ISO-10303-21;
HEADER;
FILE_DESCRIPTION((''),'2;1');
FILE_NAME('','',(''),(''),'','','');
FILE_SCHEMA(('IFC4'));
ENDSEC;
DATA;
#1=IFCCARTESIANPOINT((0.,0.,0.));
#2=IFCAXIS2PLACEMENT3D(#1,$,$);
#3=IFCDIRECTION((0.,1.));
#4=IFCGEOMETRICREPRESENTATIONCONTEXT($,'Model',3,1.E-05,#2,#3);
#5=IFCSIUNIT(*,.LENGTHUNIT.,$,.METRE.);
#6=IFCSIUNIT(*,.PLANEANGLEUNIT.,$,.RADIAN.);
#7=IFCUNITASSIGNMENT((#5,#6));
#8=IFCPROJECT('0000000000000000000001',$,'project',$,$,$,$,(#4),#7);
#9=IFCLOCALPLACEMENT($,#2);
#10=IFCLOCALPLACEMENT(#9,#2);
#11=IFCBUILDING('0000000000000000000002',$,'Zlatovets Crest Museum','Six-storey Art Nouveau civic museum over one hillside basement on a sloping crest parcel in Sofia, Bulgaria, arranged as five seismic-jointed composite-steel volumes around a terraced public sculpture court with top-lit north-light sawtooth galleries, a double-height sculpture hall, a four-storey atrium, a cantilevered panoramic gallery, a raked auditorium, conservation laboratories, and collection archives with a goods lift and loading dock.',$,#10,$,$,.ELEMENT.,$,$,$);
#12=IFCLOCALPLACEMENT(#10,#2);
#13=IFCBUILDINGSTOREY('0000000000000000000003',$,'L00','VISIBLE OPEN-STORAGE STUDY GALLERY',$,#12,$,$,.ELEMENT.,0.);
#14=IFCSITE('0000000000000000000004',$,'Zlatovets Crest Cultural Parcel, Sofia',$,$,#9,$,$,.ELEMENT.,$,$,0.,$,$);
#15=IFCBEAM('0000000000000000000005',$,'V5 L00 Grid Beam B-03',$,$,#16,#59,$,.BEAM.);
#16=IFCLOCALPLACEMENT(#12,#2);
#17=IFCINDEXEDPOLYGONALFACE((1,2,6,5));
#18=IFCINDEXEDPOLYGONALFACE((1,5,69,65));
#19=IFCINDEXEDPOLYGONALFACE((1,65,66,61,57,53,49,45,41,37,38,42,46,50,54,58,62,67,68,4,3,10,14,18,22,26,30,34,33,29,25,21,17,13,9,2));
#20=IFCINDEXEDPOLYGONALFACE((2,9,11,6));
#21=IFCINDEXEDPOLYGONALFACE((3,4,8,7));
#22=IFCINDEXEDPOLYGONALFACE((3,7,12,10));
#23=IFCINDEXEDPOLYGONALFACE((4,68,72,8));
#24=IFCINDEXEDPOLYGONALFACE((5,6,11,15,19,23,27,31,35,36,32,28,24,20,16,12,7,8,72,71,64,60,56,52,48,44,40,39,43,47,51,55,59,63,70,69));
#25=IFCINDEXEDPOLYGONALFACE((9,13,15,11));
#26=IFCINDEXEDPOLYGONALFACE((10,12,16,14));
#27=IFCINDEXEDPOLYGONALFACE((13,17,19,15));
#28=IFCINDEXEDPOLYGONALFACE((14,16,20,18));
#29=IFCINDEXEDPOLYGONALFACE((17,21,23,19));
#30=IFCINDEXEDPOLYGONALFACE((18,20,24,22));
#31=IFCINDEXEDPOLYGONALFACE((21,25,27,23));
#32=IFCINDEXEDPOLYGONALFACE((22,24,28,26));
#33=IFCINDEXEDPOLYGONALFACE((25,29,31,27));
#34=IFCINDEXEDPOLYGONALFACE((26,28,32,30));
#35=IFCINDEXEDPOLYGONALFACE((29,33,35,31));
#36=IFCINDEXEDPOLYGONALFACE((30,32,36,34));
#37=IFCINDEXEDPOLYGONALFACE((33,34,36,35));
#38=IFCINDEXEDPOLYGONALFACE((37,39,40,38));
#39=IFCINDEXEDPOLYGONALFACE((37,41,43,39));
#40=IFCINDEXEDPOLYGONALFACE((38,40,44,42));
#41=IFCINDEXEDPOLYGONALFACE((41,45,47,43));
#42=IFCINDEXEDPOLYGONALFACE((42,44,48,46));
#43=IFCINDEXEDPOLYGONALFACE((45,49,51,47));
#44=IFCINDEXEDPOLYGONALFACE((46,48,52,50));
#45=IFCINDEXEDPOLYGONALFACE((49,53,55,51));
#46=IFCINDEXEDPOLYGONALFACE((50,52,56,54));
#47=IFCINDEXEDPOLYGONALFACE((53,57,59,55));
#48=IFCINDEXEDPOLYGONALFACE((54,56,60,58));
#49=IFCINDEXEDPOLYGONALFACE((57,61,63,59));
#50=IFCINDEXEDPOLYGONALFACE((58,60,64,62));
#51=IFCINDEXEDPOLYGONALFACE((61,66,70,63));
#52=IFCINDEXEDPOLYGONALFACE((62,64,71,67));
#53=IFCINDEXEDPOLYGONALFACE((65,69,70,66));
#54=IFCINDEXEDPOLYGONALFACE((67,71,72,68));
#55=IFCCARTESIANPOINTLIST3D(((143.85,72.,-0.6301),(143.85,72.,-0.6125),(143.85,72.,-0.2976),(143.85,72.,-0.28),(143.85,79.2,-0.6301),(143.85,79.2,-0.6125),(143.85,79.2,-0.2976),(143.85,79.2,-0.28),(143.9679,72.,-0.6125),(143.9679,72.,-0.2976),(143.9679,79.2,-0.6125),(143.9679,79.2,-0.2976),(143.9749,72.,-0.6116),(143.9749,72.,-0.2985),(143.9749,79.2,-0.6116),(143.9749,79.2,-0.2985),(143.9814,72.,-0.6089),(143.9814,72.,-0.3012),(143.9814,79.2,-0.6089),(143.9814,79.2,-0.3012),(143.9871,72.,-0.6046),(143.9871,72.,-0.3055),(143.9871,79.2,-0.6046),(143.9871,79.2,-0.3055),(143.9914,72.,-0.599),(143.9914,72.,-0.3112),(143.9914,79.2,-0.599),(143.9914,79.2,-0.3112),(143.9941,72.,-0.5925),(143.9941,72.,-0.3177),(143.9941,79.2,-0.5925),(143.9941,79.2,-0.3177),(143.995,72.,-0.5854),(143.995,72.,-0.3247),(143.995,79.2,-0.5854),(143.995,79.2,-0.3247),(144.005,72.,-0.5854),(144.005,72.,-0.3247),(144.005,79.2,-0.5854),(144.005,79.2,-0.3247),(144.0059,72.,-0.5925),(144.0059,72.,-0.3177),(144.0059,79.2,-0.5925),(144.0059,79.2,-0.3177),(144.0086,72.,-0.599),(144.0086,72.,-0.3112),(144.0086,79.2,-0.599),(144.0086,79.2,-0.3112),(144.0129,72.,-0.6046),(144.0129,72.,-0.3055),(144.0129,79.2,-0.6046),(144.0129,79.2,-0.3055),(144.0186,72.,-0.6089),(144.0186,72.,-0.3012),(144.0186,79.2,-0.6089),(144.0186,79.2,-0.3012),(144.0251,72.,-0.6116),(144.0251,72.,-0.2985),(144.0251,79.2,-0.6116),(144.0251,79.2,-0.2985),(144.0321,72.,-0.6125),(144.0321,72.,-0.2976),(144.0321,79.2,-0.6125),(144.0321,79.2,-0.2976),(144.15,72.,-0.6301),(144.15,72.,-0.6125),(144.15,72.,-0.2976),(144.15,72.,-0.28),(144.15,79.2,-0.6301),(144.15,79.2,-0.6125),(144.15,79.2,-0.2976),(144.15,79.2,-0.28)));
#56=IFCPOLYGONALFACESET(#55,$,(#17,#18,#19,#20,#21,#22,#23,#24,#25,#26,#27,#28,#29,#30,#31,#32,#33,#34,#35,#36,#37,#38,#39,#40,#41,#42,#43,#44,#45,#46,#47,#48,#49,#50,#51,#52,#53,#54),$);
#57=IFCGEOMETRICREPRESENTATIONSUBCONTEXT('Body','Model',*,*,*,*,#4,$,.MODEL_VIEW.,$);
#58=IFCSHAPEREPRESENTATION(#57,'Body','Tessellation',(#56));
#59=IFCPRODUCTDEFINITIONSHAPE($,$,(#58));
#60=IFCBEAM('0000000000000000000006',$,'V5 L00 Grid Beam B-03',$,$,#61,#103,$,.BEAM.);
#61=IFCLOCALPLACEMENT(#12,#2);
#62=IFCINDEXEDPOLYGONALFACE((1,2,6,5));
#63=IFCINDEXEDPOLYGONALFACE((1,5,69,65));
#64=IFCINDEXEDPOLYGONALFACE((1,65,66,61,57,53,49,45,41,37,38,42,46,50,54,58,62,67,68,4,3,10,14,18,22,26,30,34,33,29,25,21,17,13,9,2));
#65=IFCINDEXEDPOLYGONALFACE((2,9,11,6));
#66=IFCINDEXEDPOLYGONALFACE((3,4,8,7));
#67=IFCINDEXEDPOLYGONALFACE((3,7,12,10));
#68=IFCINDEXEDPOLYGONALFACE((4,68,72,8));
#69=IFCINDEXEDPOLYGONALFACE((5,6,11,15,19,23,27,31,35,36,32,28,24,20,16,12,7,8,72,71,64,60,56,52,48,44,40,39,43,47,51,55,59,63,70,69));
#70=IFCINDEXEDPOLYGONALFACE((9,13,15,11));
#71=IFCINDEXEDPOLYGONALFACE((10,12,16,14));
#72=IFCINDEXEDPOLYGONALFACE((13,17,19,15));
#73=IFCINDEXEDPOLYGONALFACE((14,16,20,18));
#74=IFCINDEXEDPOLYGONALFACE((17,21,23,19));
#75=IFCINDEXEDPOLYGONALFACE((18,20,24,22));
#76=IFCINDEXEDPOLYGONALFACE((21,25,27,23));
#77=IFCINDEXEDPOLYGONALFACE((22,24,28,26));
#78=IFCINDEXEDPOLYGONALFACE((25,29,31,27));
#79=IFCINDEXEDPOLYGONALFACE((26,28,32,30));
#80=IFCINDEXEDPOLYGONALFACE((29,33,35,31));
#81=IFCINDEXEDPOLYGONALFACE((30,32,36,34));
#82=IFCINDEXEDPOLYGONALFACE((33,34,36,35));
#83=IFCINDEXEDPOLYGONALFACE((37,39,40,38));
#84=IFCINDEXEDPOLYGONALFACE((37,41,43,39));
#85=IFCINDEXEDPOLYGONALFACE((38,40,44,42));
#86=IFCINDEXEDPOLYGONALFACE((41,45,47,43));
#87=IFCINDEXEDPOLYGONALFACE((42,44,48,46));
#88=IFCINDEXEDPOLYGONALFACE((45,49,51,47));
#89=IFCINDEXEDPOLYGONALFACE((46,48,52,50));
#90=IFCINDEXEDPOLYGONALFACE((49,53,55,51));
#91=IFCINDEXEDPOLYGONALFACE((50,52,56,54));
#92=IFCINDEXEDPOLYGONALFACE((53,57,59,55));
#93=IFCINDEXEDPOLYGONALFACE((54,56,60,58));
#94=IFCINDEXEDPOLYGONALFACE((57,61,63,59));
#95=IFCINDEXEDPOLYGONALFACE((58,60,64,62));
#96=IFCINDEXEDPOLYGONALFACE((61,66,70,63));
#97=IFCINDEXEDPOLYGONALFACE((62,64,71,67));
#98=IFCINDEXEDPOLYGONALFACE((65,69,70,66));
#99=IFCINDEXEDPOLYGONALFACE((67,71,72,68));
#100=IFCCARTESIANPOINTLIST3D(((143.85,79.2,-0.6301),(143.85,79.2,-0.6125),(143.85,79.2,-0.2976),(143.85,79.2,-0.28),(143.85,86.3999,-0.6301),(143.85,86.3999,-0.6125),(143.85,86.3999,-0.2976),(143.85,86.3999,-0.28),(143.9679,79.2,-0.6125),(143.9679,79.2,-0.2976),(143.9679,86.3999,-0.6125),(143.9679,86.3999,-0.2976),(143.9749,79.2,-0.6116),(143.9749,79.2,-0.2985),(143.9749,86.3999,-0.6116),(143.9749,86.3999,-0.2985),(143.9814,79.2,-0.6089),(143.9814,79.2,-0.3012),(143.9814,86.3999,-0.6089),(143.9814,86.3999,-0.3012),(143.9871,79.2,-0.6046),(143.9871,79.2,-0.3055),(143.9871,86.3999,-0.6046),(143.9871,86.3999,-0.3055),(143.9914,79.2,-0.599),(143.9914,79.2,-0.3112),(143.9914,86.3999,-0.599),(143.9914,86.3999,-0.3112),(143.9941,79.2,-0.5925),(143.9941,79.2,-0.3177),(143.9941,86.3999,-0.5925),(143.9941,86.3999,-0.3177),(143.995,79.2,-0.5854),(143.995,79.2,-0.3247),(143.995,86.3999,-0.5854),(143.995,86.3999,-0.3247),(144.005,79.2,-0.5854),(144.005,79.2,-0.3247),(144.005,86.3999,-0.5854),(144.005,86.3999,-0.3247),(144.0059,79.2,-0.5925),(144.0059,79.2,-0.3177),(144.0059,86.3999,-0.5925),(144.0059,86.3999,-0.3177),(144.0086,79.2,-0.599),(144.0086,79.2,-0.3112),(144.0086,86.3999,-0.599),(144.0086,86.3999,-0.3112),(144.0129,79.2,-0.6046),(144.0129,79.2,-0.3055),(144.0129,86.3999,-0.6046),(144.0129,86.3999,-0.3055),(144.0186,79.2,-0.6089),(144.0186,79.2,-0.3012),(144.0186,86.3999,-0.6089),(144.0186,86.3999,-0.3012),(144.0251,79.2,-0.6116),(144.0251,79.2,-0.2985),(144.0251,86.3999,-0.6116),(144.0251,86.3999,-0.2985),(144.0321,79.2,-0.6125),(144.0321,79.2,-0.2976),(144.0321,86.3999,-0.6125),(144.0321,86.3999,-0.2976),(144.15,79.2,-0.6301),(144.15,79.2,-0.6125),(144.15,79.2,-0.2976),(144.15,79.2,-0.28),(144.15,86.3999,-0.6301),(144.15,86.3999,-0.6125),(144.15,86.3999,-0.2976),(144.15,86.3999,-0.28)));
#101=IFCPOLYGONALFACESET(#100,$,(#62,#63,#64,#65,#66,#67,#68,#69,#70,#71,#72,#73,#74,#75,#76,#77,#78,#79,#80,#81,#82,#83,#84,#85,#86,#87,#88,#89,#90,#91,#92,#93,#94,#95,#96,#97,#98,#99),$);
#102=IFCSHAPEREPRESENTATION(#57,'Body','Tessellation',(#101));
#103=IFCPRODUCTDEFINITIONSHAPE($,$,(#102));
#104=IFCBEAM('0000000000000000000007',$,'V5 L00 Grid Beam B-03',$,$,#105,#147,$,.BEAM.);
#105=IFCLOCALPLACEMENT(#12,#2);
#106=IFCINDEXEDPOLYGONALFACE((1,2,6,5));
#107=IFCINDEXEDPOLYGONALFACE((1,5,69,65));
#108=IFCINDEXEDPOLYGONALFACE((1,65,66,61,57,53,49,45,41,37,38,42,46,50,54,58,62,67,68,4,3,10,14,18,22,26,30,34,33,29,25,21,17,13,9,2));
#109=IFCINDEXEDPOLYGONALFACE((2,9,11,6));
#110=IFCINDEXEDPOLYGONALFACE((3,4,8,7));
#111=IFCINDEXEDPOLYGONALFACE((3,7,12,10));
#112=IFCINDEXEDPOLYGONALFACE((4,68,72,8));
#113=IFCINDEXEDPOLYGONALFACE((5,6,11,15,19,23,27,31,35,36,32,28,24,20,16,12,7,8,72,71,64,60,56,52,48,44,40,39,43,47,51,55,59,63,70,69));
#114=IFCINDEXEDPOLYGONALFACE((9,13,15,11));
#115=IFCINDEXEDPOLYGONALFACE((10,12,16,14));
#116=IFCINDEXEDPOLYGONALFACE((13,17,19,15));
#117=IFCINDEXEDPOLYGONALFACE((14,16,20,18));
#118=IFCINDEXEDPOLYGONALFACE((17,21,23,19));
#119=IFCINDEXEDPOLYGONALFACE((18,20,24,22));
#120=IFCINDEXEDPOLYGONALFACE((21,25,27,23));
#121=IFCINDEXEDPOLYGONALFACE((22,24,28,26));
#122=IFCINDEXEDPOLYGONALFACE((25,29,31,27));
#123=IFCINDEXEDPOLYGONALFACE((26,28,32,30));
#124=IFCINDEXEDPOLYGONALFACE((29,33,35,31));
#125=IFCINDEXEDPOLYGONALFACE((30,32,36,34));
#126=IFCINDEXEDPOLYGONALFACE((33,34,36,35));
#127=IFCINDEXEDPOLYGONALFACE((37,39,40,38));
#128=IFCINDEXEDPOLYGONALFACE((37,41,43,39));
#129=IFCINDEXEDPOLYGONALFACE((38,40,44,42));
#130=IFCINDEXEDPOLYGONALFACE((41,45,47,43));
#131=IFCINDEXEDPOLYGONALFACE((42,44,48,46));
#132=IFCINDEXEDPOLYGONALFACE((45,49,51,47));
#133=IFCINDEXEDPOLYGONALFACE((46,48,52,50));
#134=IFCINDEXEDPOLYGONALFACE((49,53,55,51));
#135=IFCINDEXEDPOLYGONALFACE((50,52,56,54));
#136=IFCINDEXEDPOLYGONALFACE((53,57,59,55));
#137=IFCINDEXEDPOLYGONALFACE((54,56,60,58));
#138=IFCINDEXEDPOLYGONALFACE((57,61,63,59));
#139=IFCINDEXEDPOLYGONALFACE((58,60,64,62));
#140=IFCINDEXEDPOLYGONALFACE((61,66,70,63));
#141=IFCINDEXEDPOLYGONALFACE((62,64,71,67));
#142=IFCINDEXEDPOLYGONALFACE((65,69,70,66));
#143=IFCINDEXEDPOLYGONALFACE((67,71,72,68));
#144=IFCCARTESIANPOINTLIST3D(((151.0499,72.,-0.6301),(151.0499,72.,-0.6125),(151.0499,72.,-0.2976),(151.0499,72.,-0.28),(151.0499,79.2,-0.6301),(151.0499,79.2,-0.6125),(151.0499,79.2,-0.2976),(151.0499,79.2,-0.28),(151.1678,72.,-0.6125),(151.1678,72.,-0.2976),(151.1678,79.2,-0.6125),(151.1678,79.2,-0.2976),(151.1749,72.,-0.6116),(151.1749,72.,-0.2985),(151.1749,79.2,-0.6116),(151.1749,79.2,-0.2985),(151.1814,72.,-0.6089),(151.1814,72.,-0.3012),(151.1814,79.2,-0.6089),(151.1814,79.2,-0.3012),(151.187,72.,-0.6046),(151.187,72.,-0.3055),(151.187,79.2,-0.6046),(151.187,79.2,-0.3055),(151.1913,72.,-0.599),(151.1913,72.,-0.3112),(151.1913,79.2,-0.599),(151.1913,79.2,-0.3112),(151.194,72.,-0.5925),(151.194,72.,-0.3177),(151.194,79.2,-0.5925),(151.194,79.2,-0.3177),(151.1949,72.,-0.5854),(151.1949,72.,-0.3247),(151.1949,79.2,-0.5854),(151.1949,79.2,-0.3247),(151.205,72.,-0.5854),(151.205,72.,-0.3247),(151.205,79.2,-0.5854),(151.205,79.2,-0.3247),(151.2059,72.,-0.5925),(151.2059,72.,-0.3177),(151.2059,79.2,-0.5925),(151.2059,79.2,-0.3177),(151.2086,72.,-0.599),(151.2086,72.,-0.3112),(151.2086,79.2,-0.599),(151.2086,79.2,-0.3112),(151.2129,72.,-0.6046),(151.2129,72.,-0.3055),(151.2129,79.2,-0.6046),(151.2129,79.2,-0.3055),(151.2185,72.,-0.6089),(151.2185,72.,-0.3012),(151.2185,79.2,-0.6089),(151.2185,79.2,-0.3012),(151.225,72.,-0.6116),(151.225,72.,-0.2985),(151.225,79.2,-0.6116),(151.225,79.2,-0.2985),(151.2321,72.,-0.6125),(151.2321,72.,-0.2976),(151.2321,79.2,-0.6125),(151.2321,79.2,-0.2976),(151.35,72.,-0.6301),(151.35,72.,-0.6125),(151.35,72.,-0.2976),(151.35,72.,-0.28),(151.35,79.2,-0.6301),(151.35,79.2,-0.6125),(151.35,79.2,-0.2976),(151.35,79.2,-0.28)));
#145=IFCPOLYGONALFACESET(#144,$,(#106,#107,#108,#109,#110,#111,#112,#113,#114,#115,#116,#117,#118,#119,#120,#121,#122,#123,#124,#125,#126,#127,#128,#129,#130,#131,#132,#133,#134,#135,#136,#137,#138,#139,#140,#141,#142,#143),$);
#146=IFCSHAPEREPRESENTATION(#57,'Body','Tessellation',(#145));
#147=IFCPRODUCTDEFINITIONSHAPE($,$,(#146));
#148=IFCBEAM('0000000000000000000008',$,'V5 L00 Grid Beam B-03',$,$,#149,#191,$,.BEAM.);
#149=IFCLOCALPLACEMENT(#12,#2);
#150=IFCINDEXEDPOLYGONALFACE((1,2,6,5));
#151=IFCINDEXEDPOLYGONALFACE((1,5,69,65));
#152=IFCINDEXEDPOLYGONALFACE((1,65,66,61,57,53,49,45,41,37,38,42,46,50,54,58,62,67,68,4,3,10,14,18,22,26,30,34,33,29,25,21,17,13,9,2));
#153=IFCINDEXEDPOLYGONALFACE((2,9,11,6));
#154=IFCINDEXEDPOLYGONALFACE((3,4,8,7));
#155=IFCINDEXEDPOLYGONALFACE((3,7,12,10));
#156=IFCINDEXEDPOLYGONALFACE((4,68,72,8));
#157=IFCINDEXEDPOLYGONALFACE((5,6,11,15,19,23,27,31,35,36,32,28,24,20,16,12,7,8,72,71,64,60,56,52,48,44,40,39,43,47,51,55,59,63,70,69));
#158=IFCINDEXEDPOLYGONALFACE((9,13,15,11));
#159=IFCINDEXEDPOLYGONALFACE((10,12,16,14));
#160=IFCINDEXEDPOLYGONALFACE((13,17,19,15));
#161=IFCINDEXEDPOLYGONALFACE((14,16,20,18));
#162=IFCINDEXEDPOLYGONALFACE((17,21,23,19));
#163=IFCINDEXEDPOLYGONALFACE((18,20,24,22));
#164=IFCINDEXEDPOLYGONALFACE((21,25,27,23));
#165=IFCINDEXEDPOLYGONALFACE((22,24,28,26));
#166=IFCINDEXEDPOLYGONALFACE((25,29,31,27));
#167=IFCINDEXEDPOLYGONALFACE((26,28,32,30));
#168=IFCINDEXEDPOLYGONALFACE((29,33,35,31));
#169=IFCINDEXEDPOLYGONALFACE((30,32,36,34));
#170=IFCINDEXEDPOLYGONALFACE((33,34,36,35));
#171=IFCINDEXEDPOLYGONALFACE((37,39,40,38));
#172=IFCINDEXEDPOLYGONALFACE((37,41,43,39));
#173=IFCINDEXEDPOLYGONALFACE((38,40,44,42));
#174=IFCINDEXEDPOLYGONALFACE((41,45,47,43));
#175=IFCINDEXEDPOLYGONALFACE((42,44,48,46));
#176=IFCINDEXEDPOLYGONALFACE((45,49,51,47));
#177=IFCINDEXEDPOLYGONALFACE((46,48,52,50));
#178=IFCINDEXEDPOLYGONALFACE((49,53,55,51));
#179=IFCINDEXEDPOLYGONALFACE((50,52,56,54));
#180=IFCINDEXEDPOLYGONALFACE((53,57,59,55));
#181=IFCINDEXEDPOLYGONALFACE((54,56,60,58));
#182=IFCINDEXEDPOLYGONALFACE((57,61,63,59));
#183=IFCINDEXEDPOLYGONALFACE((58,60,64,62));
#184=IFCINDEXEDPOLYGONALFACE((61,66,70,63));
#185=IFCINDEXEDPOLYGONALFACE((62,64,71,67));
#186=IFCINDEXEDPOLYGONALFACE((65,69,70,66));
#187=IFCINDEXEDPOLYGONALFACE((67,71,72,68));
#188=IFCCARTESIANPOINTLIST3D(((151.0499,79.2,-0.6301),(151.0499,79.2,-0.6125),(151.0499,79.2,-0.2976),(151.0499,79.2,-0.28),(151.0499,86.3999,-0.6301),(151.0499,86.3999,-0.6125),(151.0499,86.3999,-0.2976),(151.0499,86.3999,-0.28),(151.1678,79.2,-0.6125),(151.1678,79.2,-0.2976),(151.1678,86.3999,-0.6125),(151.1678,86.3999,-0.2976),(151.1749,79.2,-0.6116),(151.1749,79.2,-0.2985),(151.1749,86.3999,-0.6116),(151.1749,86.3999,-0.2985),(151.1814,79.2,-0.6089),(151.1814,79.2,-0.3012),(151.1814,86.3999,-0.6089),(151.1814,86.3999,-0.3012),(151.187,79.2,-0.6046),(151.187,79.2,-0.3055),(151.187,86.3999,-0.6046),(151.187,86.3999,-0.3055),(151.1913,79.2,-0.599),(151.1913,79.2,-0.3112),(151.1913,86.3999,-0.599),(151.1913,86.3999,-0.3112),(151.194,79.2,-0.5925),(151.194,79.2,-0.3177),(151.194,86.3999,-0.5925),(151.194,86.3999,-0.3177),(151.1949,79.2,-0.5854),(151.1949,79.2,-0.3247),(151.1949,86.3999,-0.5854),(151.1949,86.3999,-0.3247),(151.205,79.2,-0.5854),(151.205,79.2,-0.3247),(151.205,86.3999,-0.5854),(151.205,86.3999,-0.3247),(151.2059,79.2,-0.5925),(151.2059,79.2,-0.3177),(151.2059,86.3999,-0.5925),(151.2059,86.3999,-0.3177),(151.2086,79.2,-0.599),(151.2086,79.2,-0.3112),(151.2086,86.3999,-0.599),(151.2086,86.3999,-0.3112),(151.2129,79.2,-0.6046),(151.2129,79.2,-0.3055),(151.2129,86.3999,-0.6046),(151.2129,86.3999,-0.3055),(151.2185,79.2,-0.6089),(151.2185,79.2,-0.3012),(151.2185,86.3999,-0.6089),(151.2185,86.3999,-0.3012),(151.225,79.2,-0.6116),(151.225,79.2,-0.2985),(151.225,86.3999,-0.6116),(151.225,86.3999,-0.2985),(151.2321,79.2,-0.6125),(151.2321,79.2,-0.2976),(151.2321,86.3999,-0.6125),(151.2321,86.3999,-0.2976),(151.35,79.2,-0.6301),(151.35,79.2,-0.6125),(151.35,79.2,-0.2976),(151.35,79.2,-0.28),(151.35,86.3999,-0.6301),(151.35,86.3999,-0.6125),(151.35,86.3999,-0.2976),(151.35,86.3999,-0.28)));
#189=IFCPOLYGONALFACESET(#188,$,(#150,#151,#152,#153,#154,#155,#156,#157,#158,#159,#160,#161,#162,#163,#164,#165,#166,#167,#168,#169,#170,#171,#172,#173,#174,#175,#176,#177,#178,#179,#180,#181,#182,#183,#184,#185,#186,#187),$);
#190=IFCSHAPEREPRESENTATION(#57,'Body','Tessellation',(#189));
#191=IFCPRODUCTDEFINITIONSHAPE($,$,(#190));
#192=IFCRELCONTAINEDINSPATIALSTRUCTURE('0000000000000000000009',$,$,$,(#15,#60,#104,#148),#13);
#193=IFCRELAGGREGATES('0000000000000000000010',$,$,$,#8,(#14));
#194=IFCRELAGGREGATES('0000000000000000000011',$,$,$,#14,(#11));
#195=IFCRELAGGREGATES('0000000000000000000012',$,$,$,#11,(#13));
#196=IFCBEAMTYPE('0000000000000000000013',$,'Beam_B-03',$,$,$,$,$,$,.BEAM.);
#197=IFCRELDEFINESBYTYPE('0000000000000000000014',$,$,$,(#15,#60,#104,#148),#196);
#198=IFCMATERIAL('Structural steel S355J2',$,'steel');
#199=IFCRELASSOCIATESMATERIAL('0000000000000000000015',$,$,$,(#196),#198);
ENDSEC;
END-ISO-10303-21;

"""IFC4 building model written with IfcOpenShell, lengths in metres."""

from ifc_helpers import new_model, si_unit, direction, frame, origin, origin_2d, place, context, subcontext, project, spatial, i_section, extrude, material, material_profile, profile_set, type_object, element, save


model = new_model("IFC4")

# Units and contexts
model_context = context("Model", 3, precision=1e-05, world=origin(), true_north=direction((0.0, 1.0)))
body_context = subcontext(model_context, "Body", "Model", "MODEL_VIEW")
ifc_project = project(units=[si_unit("LENGTHUNIT", "METRE"), si_unit("PLANEANGLEUNIT", "RADIAN")], contexts=[model_context])

# Site, building, storey
site_placement = place(None, origin())
site = spatial("IfcSite", under=ifc_project, at=site_placement, Name="Zlatovets Crest Cultural Parcel, Sofia", CompositionType="ELEMENT", RefElevation=0.0)
building_placement = place(site_placement, origin())
building = spatial("IfcBuilding", under=site, at=building_placement, Name="Zlatovets Crest Museum", Description="Six-storey Art Nouveau civic museum over one hillside basement on a sloping crest parcel in Sofia, Bulgaria, arranged as five seismic-jointed composite-steel volumes around a terraced public sculpture court with top-lit north-light sawtooth galleries, a double-height sculpture hall, a four-storey atrium, a cantilevered panoramic gallery, a raked auditorium, conservation laboratories, and collection archives with a goods lift and loading dock.", CompositionType="ELEMENT")
storey_placement = place(building_placement, origin())
storey = spatial("IfcBuildingStorey", under=building, at=storey_placement, Name="L00", Description="VISIBLE OPEN-STORAGE STUDY GALLERY", CompositionType="ELEMENT", Elevation=0.0)

# Shared definitions
ifc_material = material(Name="Structural steel S355J2", Category="steel")

# Beams
ifc_material_profile_1 = material_profile(ifc_material, i_section(OverallWidth=0.3, OverallDepth=0.3501, WebThickness=0.01, FlangeThickness=0.0176, FilletRadius=0.0271, at=origin_2d()), Name="HEA 360")
ifc_profile_set_1 = profile_set([ifc_material_profile_1], Name="Structural steel S355J2")
beam_type_1 = type_object("IfcBeamType", Name="Beam_B-03", PredefinedType="BEAM", material=ifc_profile_set_1)
for number, where, z_axis, x_axis, name in (
    (1, (144.0, 72.0, -0.4551), (0.0, 1.0, 0.0), (-1.0, 0.0, 0.0), "V5 L00 Grid Beam B-03"),
    (2, (144.0, 79.2, -0.4551), (0.0, 1.0, 0.0), (-1.0, 0.0, 0.0), "V5 L00 Grid Beam B-03"),
    (3, (151.2, 72.0, -0.4551), (0.0, 1.0, 0.0), (-1.0, 0.0, 0.0), "V5 L00 Grid Beam B-03"),
    (4, (151.2, 79.2, -0.4551), (0.0, 1.0, 0.0), (-1.0, 0.0, 0.0), "V5 L00 Grid Beam B-03"),
):
    element("IfcBeam", number, at=place(storey_placement, frame(where, z_axis=z_axis, x_axis=x_axis)), inside=storey, type_object=beam_type_1, Name=name, PredefinedType="BEAM", context=body_context, shape_type="SweptSolid", body=[
        extrude(i_section(OverallWidth=0.3, OverallDepth=0.3501, WebThickness=0.01, FlangeThickness=0.0176, FilletRadius=0.0271, at=origin_2d()), origin(), (0.0, 0.0, 1.0), 7.2),
    ])

save(model, "model.ifc")
